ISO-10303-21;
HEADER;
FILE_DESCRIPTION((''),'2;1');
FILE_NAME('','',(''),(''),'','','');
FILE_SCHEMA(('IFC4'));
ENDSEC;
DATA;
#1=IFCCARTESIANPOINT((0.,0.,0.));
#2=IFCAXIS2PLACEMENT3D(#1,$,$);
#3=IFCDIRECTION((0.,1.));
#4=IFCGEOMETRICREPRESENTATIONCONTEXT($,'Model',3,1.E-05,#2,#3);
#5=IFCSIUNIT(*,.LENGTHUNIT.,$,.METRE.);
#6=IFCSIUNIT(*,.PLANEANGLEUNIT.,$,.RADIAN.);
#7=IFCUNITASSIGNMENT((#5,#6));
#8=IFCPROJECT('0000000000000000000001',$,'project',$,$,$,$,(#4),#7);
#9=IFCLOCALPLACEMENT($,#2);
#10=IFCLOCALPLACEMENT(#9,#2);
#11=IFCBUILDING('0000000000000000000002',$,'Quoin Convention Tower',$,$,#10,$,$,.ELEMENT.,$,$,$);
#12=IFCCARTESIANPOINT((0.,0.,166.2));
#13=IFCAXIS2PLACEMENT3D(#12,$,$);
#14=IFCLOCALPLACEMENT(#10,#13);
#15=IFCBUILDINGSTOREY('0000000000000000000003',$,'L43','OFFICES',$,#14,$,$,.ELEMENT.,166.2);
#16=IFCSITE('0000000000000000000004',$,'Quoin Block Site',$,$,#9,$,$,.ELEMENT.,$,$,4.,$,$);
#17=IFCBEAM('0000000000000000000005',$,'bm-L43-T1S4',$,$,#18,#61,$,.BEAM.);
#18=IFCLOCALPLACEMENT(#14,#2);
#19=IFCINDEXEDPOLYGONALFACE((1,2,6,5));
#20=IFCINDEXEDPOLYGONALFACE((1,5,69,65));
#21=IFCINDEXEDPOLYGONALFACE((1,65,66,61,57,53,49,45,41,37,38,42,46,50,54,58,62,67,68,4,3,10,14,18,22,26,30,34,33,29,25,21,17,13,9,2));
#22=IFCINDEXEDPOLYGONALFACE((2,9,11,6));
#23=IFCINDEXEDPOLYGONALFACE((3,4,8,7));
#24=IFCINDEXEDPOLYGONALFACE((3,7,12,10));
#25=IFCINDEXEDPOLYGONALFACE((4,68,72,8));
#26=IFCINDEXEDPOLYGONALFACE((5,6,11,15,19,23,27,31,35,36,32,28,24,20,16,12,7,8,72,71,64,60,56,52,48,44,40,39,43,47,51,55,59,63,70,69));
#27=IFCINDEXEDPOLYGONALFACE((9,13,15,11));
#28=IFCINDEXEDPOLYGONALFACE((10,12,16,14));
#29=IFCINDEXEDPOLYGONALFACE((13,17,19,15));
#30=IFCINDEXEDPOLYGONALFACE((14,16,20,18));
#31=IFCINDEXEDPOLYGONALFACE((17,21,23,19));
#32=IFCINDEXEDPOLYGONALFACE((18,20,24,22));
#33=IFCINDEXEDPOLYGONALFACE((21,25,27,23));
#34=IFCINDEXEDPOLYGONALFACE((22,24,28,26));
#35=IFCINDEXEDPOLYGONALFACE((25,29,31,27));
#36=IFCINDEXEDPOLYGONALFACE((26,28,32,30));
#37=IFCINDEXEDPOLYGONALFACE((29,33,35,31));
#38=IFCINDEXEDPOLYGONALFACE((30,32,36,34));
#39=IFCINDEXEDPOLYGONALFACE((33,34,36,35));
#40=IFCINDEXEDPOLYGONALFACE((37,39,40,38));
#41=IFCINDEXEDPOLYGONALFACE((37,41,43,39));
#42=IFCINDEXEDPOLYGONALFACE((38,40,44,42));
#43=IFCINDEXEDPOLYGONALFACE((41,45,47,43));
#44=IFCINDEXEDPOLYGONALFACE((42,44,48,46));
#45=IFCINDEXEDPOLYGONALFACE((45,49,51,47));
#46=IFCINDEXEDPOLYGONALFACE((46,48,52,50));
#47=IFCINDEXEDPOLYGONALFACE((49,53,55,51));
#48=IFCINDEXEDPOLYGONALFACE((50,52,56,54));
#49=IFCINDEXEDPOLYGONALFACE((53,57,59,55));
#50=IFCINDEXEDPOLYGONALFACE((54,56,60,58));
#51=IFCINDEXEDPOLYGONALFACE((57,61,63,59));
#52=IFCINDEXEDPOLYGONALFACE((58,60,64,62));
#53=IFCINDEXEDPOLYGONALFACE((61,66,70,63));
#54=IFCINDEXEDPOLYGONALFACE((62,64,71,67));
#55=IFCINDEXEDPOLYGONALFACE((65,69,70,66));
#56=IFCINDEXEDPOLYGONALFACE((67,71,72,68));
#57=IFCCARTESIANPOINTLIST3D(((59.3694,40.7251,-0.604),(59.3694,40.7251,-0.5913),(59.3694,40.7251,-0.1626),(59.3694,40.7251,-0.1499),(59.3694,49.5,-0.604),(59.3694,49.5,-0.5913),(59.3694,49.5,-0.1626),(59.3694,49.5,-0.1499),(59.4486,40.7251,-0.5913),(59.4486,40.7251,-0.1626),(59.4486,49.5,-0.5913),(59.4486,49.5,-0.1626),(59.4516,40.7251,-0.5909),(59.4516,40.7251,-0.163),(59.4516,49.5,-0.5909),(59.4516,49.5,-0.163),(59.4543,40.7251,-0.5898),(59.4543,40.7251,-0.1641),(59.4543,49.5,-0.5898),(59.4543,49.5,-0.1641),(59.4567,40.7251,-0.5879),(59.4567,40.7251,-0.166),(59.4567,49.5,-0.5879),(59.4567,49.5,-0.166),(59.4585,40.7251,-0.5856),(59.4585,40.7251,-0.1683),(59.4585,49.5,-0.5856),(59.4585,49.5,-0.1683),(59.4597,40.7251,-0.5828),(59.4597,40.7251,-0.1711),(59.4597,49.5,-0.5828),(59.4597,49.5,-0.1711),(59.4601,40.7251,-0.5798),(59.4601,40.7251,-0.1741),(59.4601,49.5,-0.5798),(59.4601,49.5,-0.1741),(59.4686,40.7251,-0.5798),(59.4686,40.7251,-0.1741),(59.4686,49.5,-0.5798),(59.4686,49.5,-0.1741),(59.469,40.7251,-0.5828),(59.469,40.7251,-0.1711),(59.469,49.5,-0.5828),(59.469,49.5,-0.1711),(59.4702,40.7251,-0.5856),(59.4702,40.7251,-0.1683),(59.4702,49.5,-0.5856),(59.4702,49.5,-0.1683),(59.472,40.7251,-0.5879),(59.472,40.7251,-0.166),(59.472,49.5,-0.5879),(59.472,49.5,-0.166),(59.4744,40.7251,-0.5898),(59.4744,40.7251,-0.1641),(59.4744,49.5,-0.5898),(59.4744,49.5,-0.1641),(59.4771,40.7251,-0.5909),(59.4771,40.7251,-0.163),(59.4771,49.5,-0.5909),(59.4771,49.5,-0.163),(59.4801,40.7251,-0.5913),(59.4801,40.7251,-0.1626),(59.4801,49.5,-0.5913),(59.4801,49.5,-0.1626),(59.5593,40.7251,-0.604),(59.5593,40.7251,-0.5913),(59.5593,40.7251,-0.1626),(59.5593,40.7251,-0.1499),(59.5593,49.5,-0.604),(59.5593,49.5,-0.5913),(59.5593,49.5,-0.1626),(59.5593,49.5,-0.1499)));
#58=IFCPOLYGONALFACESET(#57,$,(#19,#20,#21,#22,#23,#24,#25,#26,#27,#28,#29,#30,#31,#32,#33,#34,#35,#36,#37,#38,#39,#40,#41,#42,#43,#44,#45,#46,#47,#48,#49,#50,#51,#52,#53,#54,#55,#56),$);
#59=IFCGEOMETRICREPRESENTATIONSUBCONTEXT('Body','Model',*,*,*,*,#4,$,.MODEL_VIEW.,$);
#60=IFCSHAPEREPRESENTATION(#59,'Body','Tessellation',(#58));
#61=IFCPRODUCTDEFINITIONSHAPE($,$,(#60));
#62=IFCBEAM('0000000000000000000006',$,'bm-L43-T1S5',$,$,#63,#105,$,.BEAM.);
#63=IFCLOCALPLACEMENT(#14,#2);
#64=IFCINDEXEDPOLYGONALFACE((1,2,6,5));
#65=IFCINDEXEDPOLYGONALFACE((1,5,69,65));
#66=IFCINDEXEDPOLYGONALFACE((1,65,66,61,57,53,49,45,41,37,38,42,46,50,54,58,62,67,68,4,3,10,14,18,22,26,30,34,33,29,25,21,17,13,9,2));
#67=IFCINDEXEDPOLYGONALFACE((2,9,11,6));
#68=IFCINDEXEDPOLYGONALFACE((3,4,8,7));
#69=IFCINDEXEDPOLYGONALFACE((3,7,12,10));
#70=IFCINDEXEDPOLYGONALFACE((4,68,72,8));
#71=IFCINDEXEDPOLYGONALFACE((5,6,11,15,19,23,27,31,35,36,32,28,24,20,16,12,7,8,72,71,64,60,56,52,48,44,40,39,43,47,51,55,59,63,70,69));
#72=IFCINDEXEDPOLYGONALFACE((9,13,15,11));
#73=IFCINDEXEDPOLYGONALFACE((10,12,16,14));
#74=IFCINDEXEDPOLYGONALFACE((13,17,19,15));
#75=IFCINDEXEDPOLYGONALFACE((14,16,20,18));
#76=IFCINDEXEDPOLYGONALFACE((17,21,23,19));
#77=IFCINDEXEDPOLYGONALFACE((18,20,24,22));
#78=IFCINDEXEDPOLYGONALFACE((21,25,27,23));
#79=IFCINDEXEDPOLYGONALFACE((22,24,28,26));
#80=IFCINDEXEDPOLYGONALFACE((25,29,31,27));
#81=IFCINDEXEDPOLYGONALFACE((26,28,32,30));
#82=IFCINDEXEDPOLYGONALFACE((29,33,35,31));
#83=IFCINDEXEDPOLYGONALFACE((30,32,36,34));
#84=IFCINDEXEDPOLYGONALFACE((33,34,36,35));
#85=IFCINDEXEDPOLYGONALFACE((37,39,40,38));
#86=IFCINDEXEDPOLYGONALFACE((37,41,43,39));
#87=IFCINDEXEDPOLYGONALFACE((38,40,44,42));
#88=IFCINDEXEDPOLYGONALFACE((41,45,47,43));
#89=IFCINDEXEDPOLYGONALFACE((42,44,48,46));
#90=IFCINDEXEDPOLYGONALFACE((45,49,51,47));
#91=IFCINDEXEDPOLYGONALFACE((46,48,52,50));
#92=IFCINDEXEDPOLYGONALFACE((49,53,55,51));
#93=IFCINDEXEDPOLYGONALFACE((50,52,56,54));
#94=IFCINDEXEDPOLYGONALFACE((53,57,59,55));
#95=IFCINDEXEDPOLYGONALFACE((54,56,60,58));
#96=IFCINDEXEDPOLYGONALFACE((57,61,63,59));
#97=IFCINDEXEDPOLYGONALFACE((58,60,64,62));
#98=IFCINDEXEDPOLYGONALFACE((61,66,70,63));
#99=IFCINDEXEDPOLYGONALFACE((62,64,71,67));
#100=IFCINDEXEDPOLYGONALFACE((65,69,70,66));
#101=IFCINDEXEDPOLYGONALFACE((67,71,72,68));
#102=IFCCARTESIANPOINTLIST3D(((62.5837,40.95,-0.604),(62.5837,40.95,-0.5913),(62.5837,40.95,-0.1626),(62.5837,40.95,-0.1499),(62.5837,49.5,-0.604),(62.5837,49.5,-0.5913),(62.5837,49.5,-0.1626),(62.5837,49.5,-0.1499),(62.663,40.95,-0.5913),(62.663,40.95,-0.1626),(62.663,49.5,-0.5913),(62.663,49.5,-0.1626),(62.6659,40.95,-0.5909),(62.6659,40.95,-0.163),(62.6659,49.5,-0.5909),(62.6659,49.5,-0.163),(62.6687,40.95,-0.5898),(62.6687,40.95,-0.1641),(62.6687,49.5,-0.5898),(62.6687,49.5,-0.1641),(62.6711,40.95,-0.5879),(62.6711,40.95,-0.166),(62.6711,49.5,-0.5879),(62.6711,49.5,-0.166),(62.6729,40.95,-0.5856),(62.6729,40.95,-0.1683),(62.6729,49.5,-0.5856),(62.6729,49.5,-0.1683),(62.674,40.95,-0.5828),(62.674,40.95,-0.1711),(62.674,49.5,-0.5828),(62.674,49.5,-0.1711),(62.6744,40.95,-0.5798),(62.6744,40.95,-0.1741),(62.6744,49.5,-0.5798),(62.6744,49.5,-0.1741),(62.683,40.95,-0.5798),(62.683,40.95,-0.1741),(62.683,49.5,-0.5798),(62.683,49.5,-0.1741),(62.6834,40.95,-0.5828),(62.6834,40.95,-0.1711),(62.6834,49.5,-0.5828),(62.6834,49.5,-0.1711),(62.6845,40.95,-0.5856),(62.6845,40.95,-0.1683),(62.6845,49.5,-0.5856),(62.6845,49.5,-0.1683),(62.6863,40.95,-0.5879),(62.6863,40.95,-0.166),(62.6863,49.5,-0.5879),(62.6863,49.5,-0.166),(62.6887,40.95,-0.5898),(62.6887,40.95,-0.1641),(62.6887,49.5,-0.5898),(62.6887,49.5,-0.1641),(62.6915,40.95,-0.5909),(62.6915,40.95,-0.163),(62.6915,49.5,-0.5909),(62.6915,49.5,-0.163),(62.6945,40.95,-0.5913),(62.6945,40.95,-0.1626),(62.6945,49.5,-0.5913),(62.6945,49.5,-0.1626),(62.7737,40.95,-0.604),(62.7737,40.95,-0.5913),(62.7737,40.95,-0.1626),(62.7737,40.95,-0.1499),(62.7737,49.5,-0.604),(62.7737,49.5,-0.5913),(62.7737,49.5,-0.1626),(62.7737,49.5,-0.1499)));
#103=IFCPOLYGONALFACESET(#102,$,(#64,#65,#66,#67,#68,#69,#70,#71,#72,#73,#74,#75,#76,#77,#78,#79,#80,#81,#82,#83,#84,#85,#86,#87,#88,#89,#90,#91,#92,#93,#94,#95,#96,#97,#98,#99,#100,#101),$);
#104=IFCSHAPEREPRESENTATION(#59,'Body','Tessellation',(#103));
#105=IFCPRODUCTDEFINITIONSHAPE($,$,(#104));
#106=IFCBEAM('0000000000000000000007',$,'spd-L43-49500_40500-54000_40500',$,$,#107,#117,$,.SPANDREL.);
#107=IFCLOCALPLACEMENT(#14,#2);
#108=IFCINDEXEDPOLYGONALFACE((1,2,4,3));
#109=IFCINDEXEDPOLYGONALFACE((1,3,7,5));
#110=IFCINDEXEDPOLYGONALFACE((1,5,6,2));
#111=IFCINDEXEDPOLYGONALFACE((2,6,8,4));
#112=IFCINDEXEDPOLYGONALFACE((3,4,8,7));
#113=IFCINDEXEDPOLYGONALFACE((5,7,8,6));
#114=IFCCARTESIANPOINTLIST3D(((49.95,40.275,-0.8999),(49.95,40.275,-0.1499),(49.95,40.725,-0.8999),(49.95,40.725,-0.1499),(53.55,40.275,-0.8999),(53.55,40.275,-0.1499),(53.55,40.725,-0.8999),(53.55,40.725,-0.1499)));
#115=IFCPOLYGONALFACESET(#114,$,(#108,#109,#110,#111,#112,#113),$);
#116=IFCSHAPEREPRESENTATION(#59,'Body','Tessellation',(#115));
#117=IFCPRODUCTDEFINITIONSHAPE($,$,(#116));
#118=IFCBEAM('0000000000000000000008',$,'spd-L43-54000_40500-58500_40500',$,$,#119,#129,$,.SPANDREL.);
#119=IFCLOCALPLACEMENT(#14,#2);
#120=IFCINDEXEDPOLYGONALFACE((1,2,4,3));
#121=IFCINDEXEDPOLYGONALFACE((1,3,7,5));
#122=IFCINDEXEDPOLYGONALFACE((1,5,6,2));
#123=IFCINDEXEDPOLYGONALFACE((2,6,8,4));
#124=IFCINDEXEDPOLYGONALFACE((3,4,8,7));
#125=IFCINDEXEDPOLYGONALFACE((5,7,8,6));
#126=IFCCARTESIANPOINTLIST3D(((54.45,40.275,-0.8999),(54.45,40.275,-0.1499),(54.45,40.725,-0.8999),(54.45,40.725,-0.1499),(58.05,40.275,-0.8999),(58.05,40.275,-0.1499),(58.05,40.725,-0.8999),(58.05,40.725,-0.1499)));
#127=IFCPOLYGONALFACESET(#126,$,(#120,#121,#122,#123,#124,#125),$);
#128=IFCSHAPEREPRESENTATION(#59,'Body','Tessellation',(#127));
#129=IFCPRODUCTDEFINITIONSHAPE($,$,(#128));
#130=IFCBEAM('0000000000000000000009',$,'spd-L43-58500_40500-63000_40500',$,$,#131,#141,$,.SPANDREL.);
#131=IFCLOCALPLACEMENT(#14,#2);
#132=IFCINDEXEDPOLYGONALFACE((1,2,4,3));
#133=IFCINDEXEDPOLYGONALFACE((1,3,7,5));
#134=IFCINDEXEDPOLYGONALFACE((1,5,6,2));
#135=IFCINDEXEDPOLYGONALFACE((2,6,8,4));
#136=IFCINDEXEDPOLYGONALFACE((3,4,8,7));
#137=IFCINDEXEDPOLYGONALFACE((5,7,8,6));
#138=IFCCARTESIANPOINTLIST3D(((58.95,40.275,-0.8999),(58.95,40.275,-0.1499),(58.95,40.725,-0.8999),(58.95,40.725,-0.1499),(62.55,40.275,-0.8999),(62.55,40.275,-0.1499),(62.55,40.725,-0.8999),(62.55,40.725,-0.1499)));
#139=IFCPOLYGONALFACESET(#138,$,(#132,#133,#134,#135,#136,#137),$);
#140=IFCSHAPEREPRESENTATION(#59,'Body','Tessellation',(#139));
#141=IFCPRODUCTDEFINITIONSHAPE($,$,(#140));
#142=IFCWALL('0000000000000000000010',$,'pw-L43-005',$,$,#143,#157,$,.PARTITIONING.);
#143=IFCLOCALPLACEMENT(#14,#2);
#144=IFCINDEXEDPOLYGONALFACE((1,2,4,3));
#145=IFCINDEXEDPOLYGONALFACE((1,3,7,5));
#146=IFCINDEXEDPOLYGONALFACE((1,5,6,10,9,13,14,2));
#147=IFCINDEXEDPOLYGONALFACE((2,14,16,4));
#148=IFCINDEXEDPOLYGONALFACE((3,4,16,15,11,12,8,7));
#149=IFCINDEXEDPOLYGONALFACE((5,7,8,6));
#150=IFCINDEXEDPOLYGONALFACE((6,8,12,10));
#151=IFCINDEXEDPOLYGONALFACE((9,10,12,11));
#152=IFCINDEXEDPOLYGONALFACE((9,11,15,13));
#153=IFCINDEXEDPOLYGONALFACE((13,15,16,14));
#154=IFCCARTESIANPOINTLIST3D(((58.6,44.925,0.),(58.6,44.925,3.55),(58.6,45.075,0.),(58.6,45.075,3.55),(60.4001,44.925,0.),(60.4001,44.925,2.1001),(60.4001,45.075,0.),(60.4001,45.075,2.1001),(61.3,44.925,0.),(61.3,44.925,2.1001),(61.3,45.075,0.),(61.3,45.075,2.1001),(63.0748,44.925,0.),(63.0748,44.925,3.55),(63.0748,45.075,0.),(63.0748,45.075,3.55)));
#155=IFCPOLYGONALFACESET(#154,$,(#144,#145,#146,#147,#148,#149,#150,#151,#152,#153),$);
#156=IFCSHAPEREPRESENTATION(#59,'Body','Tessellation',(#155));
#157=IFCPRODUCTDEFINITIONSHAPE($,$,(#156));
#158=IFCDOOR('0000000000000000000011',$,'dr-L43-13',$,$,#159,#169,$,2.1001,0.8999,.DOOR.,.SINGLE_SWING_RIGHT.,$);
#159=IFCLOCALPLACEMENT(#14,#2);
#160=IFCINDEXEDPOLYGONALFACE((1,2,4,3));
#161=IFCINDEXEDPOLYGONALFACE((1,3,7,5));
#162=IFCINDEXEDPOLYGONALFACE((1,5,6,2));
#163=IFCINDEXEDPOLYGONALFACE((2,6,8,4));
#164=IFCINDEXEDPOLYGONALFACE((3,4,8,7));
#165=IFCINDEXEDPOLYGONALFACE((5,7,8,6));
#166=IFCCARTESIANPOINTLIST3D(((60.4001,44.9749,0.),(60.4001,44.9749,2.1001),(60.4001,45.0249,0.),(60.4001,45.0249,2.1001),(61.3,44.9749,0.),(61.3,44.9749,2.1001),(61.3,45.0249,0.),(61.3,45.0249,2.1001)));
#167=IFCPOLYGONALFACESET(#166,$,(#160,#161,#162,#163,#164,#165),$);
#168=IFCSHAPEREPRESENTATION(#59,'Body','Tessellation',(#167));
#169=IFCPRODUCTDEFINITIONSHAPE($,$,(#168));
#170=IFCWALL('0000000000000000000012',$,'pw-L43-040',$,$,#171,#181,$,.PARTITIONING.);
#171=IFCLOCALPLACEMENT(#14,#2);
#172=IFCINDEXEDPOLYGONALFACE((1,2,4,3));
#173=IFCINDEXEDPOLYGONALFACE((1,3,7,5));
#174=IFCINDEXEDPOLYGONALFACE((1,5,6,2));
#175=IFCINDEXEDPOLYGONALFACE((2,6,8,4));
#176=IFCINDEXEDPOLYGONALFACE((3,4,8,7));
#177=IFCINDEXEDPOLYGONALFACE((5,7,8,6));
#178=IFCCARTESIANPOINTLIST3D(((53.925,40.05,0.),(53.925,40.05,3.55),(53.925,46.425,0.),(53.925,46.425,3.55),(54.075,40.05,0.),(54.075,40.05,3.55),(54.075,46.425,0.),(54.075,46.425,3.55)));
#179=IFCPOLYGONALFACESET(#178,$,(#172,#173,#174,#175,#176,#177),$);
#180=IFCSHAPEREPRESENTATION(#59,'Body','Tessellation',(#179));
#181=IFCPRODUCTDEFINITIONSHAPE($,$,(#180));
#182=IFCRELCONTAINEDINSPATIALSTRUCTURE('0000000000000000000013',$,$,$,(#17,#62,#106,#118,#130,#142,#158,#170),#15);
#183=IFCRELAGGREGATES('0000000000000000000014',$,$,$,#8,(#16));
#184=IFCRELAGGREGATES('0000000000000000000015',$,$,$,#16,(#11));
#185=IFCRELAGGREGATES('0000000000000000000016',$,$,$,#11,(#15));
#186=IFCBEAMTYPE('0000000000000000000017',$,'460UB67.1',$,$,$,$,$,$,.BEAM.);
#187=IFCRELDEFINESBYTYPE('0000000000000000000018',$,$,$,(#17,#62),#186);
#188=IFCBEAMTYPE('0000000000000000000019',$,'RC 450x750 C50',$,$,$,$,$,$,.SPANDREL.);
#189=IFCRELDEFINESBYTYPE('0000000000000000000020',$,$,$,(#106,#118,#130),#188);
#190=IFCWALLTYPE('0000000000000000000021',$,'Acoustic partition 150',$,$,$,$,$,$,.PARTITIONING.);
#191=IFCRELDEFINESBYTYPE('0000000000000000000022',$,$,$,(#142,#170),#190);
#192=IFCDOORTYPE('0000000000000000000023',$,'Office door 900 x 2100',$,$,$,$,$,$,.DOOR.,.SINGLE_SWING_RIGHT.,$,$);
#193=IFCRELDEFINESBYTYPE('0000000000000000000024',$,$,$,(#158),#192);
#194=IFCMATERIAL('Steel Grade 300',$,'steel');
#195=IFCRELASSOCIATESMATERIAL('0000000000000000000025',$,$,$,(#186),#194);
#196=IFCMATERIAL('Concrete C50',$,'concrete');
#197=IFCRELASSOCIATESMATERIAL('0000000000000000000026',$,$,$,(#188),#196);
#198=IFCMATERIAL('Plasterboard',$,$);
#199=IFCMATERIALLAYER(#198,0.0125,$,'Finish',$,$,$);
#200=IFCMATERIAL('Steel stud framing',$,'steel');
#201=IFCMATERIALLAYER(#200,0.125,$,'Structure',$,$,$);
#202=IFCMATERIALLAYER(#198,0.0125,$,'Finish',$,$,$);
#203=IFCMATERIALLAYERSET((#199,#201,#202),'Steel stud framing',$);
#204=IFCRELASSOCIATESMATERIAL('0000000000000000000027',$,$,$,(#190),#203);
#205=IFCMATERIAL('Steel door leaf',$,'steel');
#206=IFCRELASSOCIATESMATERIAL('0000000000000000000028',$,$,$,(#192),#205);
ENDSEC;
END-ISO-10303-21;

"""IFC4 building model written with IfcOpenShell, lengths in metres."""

from ifc_helpers import new_model, si_unit, direction, frame, frame_2d, origin, origin_2d, place, context, subcontext, project, spatial, rectangle, i_section, extrude, material, layer, layer_set, material_profile, profile_set, type_object, element, fill, save


model = new_model("IFC4")

# Units and contexts
model_context = context("Model", 3, precision=1e-05, world=origin(), true_north=direction((0.0, 1.0)))
body_context = subcontext(model_context, "Body", "Model", "MODEL_VIEW")
ifc_project = project(units=[si_unit("LENGTHUNIT", "METRE"), si_unit("PLANEANGLEUNIT", "RADIAN")], contexts=[model_context])

# Site, building, storey
site_placement = place(None, origin())
site = spatial("IfcSite", under=ifc_project, at=site_placement, Name="Quoin Block Site", CompositionType="ELEMENT", RefElevation=4.0)
building_placement = place(site_placement, origin())
building = spatial("IfcBuilding", under=site, at=building_placement, Name="Quoin Convention Tower", CompositionType="ELEMENT")
storey_placement = place(building_placement, frame((0.0, 0.0, 166.2)))
storey = spatial("IfcBuildingStorey", under=building, at=storey_placement, Name="L43", Description="OFFICES", CompositionType="ELEMENT", Elevation=166.2)

# Shared definitions
ifc_material_1 = material(Name="Concrete C50", Category="concrete")

# Beams
ifc_material_2 = material(Name="Steel Grade 300", Category="steel")
ifc_material_profile_1 = material_profile(ifc_material_2, i_section(OverallWidth=0.1899, OverallDepth=0.4541, WebThickness=0.0085, FlangeThickness=0.0127, FilletRadius=0.0115, at=origin_2d()), Name="460UB67.1")
ifc_profile_set_1 = profile_set([ifc_material_profile_1], Name="Steel Grade 300")
beam_type_1 = type_object("IfcBeamType", Name="460UB67.1", PredefinedType="BEAM", material=ifc_profile_set_1)
for number, where, z_axis, x_axis, name in (
    (1, (59.4644, 40.7251, -0.377), (0.0, 1.0, 0.0), (-1.0, 0.0, 0.0), "bm-L43-T1S4"),
):
    element("IfcBeam", number, at=place(storey_placement, frame(where, z_axis=z_axis, x_axis=x_axis)), inside=storey, type_object=beam_type_1, Name=name, PredefinedType="BEAM", context=body_context, shape_type="SweptSolid", body=[
        extrude(i_section(OverallWidth=0.1899, OverallDepth=0.4541, WebThickness=0.0085, FlangeThickness=0.0127, FilletRadius=0.0115, at=origin_2d()), origin(), (0.0, 0.0, 1.0), 8.7749),
    ])
beam_1_placement = place(storey_placement, frame((62.6787, 40.95, -0.377), z_axis=(0.0, 1.0, 0.0), x_axis=(-1.0, 0.0, 0.0)))
element("IfcBeam", 2, at=beam_1_placement, inside=storey, type_object=beam_type_1, Name="bm-L43-T1S5", PredefinedType="BEAM", context=body_context, shape_type="SweptSolid", body=[
    extrude(i_section(OverallWidth=0.1899, OverallDepth=0.4541, WebThickness=0.0085, FlangeThickness=0.0127, FilletRadius=0.0115, at=origin_2d()), origin(), (0.0, 0.0, 1.0), 8.55),
])
ifc_material_profile_2 = material_profile(ifc_material_1, rectangle(XDim=0.45, YDim=0.75, at=origin_2d()), Name="RC 450x750")
ifc_profile_set_2 = profile_set([ifc_material_profile_2], Name="Concrete C50")
beam_type_2 = type_object("IfcBeamType", Name="RC 450x750 C50", PredefinedType="SPANDREL", material=ifc_profile_set_2)
for number, where, z_axis, x_axis, name in (
    (3, (49.95, 40.5, -0.5249), (1.0, 0.0, 0.0), (0.0, 1.0, 0.0), "spd-L43-49500_40500-54000_40500"),
    (4, (54.45, 40.5, -0.5249), (1.0, 0.0, 0.0), (0.0, 1.0, 0.0), "spd-L43-54000_40500-58500_40500"),
    (5, (58.95, 40.5, -0.5249), (1.0, 0.0, 0.0), (0.0, 1.0, 0.0), "spd-L43-58500_40500-63000_40500"),
):
    element("IfcBeam", number, at=place(storey_placement, frame(where, z_axis=z_axis, x_axis=x_axis)), inside=storey, type_object=beam_type_2, Name=name, PredefinedType="SPANDREL", context=body_context, shape_type="SweptSolid", body=[
        extrude(rectangle(XDim=0.45, YDim=0.75, at=origin_2d()), origin(), (0.0, 0.0, 1.0), 3.6001),
    ])

# Wall, opening, door
ifc_material_3 = material(Name="Plasterboard")
ifc_layer_1 = layer(ifc_material_3, 0.0125, Name="Finish")
ifc_material_4 = material(Name="Steel stud framing", Category="steel")
ifc_layer_2 = layer(ifc_material_4, 0.125, Name="Structure")
ifc_layer_3 = layer(ifc_material_3, 0.0125, Name="Finish")
ifc_layer_set_1 = layer_set([ifc_layer_1, ifc_layer_2, ifc_layer_3], Name="Steel stud framing")
wall_type_1 = type_object("IfcWallType", Name="Acoustic partition 150", PredefinedType="PARTITIONING", material=ifc_layer_set_1)
wall_1_placement = place(storey_placement, frame((58.6001, 45.0, 0.0), z_axis=(0.0, 0.0, 1.0), x_axis=(1.0, 0.0, 0.0)))
wall_1 = element("IfcWall", 6, at=wall_1_placement, inside=storey, type_object=wall_type_1, Name="pw-L43-005", PredefinedType="PARTITIONING", context=body_context, shape_type="SweptSolid", body=[
    extrude(rectangle(XDim=4.4749, YDim=0.1499, at=frame_2d((2.2373, 0.0))), origin(), (0.0, 0.0, 1.0), 3.55),
])
opening_placement = place(wall_1_placement, frame((1.8, 0.0, 0.0)))
opening = element("IfcOpeningElement", 7, at=opening_placement, cuts=wall_1, PredefinedType="OPENING", context=body_context, shape_type="SweptSolid", body=[
    extrude(rectangle(XDim=0.8999, YDim=2.1001, at=frame_2d((0.45, 1.05))), frame((0.0, 0.085, 0.0), z_axis=(0.0, -1.0, 0.0), x_axis=(1.0, 0.0, 0.0)), (0.0, 0.0, 1.0), 0.1699),
])
ifc_material_5 = material(Name="Steel door leaf", Category="steel")
door_type = type_object("IfcDoorType", Name="Office door 900 x 2100", OperationType="SINGLE_SWING_RIGHT", PredefinedType="DOOR", material=ifc_material_5)
door_placement = place(opening_placement, origin())
door = element("IfcDoor", 8, at=door_placement, inside=storey, type_object=door_type, Name="dr-L43-13", OperationType="SINGLE_SWING_RIGHT", OverallHeight=2.1001, OverallWidth=0.8999, PredefinedType="DOOR", context=body_context, shape_type="SweptSolid", body=[
    extrude(rectangle(XDim=0.8999, YDim=2.1001, at=frame_2d((0.45, 1.05))), frame((0.0, 0.0249, 0.0), z_axis=(0.0, -1.0, 0.0), x_axis=(1.0, 0.0, 0.0)), (0.0, 0.0, 1.0), 0.05),
])
fill(opening, door)

# Wall
wall_2_placement = place(storey_placement, frame((54.0, 40.05, 0.0), z_axis=(0.0, 0.0, 1.0), x_axis=(0.0, 1.0, 0.0)))
element("IfcWall", 9, at=wall_2_placement, inside=storey, type_object=wall_type_1, Name="pw-L43-040", PredefinedType="PARTITIONING", context=body_context, shape_type="SweptSolid", body=[
    extrude(rectangle(XDim=6.375, YDim=0.1499, at=frame_2d((3.1875, 0.0))), origin(), (0.0, 0.0, 1.0), 3.55),
])

save(model, "model.ifc")
